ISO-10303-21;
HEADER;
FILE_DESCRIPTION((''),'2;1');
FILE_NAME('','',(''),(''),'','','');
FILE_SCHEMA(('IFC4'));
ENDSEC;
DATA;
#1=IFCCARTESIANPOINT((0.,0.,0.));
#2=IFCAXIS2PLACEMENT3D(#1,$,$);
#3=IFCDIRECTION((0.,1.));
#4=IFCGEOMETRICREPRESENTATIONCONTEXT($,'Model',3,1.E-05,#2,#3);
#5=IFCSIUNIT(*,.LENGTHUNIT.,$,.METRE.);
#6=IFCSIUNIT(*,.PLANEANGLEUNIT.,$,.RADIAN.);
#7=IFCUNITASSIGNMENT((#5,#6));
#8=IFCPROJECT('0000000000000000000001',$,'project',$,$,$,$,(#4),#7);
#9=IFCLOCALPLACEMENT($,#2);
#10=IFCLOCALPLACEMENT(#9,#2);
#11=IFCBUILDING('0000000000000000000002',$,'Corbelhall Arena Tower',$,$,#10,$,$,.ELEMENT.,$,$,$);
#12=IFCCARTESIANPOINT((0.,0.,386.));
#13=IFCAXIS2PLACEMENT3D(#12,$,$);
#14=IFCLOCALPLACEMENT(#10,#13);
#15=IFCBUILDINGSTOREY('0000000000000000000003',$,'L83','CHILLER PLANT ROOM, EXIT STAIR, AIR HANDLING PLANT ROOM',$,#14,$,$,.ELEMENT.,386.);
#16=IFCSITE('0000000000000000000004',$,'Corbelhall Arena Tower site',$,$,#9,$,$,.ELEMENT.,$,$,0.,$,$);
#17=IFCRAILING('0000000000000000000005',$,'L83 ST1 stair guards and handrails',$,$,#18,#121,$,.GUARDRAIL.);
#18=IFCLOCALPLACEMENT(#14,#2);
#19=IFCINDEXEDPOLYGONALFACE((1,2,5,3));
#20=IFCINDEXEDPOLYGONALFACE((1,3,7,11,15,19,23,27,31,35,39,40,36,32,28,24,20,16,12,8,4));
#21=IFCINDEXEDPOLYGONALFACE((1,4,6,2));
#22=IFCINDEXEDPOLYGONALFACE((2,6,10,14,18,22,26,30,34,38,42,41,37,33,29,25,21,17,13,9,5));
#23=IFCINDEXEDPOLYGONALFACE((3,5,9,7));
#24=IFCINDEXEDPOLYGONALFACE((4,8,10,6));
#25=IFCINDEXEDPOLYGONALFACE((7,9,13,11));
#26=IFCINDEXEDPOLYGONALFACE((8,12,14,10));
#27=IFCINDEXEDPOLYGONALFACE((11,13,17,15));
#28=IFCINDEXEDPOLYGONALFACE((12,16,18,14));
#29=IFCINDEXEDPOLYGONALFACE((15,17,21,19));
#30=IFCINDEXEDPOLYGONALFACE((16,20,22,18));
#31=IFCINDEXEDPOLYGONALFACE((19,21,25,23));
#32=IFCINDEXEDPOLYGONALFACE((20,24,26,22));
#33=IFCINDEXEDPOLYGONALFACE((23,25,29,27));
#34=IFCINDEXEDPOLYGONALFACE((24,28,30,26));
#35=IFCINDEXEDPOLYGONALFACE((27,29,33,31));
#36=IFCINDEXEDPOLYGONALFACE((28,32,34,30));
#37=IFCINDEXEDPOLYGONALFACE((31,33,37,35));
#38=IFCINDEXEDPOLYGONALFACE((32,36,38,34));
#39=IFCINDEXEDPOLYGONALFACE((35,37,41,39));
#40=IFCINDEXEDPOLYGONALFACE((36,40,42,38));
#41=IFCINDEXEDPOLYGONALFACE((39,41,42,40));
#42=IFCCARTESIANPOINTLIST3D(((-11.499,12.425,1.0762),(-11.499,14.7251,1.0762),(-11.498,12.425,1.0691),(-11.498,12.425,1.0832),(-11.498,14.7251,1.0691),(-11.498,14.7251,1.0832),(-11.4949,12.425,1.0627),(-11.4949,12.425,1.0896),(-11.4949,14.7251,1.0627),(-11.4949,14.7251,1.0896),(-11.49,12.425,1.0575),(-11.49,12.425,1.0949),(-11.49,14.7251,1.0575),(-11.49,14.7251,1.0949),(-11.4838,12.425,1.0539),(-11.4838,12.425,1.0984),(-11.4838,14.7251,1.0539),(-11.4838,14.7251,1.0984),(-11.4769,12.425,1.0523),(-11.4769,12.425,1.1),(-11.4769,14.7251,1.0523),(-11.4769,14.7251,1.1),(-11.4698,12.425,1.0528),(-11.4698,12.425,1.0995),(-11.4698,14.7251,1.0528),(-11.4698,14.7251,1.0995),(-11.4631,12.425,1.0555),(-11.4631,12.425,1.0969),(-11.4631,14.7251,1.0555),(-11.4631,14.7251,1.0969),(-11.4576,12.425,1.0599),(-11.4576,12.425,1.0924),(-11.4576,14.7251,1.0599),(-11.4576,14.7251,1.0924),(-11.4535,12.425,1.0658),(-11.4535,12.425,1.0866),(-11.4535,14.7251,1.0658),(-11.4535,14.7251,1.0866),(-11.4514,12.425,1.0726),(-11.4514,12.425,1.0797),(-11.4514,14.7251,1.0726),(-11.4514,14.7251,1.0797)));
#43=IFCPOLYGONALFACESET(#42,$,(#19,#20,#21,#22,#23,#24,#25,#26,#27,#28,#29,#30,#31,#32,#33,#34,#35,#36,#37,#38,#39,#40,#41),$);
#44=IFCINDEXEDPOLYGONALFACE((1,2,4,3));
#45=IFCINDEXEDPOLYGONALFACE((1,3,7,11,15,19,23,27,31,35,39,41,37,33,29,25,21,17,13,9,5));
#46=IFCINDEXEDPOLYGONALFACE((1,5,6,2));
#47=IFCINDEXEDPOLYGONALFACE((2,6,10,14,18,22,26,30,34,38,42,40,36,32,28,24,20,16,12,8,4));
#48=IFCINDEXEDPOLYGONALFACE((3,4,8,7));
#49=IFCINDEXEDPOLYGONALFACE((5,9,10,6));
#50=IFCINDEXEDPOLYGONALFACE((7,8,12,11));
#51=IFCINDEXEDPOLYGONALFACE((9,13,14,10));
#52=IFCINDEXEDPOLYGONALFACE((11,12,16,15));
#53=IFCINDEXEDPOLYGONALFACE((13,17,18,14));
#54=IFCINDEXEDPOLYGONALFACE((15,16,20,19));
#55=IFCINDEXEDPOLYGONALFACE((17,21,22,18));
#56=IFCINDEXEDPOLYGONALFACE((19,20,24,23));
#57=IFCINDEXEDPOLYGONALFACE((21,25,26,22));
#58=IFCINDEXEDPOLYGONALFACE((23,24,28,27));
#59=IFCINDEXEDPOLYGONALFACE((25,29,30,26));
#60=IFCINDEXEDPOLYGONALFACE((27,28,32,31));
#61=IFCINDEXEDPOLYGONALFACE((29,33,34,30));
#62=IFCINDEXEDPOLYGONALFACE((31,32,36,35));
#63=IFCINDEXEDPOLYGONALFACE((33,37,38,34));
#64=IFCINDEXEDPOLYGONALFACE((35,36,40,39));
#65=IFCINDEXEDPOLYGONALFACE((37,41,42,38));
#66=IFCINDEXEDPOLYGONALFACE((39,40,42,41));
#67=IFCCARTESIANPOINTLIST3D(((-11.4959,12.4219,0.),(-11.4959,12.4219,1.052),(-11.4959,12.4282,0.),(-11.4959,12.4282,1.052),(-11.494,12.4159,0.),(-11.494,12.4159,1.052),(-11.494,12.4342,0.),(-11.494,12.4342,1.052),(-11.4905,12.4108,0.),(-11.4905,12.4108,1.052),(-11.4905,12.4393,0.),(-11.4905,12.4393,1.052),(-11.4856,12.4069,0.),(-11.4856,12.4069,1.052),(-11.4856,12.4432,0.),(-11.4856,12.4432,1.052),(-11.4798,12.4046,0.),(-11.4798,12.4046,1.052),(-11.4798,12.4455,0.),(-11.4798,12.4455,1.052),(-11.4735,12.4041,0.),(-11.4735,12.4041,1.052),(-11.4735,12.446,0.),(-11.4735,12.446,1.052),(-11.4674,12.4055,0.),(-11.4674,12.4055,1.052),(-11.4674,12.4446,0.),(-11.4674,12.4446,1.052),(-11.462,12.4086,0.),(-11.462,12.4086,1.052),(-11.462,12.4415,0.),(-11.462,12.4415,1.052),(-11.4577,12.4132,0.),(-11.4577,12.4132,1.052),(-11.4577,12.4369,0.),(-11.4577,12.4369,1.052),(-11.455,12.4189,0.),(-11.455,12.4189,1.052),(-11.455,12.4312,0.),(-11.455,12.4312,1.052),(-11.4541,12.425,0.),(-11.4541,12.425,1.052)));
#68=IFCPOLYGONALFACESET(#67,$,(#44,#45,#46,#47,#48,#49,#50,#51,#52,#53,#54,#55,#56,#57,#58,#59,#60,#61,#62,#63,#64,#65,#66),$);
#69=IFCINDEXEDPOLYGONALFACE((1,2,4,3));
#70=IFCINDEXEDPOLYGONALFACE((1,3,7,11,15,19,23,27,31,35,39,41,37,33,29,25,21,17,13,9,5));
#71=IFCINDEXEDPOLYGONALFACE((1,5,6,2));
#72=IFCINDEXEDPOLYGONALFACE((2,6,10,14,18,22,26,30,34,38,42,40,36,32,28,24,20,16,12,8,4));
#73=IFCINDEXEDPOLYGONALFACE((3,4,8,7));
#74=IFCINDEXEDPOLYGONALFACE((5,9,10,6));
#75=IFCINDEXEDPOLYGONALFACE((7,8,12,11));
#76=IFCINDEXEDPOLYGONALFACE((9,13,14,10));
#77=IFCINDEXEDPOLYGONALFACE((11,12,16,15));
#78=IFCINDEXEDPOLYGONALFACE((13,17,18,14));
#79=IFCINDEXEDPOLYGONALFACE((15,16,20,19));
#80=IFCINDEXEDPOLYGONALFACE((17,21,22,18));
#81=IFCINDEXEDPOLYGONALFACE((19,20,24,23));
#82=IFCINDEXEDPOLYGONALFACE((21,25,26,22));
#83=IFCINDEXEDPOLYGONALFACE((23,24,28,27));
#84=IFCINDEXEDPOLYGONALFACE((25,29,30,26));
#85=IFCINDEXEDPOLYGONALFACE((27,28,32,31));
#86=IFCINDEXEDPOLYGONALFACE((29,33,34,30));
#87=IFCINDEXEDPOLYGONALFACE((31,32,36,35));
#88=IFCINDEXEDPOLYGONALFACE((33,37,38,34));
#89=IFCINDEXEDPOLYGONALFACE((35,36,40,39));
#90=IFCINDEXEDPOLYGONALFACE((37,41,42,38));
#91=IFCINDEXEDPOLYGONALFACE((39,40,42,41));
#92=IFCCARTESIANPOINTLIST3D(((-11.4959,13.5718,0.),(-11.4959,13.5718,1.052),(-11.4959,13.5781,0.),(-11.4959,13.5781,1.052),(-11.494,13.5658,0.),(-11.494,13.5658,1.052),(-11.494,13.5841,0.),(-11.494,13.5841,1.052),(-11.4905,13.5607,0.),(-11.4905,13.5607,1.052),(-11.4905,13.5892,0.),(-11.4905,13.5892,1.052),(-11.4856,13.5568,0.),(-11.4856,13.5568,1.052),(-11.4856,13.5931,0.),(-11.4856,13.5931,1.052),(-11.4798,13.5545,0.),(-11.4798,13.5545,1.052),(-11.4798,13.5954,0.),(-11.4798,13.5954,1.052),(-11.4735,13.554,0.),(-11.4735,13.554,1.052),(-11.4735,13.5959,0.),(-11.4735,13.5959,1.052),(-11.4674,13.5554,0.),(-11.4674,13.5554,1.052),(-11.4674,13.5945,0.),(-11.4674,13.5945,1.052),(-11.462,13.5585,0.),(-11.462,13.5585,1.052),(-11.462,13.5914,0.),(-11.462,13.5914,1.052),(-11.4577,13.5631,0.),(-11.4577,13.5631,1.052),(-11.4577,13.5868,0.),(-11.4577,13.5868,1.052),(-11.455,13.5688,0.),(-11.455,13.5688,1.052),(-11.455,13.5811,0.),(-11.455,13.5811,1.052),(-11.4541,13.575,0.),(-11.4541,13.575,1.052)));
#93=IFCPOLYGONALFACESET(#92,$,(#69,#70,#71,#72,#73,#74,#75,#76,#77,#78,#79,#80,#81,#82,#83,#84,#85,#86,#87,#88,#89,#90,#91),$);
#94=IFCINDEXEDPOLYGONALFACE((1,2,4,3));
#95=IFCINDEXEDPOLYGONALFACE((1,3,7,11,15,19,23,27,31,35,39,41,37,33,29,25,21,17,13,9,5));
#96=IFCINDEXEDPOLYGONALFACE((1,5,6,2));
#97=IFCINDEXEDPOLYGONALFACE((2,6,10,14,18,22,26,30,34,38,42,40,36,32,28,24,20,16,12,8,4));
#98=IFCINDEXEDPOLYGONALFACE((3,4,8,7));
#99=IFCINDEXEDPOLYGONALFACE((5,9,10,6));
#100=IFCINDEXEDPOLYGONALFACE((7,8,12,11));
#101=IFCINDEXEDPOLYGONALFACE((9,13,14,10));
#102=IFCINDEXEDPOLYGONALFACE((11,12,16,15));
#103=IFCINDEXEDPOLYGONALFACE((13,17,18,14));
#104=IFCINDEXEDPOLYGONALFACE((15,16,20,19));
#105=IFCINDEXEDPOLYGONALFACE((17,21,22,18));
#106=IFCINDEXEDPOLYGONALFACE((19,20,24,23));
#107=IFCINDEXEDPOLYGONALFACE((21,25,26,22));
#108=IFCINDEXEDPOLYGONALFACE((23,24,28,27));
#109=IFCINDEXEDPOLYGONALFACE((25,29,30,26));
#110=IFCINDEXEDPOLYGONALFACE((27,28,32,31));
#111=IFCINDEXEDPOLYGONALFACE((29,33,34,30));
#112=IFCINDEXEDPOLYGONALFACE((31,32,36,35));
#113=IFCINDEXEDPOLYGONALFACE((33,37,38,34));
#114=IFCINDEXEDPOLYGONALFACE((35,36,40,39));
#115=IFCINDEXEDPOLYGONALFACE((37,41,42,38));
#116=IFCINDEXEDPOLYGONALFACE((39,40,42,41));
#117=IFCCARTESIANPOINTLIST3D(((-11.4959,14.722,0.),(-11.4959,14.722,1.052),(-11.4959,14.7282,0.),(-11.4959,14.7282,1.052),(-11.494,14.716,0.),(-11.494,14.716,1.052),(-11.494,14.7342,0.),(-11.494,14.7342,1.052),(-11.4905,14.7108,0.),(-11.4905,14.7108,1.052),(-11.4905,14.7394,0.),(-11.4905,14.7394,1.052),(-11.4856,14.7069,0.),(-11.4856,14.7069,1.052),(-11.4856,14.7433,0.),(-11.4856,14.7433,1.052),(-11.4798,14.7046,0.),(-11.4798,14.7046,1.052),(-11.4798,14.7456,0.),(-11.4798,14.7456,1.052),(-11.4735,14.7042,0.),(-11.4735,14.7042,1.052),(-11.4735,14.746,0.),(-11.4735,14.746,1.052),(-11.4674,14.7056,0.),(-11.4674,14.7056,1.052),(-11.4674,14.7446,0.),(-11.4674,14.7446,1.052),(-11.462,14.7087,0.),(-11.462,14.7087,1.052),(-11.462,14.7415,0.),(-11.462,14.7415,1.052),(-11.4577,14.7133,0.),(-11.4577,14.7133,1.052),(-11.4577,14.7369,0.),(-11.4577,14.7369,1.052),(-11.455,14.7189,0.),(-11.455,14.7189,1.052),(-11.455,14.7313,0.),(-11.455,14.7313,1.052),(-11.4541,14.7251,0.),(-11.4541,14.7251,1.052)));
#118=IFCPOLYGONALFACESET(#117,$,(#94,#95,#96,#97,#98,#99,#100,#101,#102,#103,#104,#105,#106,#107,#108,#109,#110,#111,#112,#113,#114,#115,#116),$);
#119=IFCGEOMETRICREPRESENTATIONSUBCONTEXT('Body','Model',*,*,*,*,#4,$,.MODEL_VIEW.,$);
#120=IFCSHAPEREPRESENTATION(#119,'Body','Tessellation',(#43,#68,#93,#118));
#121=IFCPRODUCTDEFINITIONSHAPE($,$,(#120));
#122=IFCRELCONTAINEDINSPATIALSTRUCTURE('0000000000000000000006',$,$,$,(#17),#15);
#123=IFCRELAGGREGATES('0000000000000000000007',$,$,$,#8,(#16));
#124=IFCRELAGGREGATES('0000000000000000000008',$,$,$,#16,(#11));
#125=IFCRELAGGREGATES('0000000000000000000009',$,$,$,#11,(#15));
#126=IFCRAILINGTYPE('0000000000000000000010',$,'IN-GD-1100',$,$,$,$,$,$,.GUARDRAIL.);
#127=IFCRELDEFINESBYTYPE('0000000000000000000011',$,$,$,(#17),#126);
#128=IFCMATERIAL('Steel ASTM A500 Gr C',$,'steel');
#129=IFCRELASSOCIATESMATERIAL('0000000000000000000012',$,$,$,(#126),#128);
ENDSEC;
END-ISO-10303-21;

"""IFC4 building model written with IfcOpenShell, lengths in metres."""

from ifc_helpers import new_model, si_unit, direction, frame, origin, origin_2d, place, context, subcontext, project, spatial, circle, extrude, material, type_object, element, save


model = new_model("IFC4")

# Units and contexts
model_context = context("Model", 3, precision=1e-05, world=origin(), true_north=direction((0.0, 1.0)))
body_context = subcontext(model_context, "Body", "Model", "MODEL_VIEW")
ifc_project = project(units=[si_unit("LENGTHUNIT", "METRE"), si_unit("PLANEANGLEUNIT", "RADIAN")], contexts=[model_context])

# Site, building, storey
site_placement = place(None, origin())
site = spatial("IfcSite", under=ifc_project, at=site_placement, Name="Corbelhall Arena Tower site", CompositionType="ELEMENT", RefElevation=0.0)
building_placement = place(site_placement, origin())
building = spatial("IfcBuilding", under=site, at=building_placement, Name="Corbelhall Arena Tower", CompositionType="ELEMENT")
storey_placement = place(building_placement, frame((0.0, 0.0, 386.0)))
storey = spatial("IfcBuildingStorey", under=building, at=storey_placement, Name="L83", Description="CHILLER PLANT ROOM, EXIT STAIR, AIR HANDLING PLANT ROOM", CompositionType="ELEMENT", Elevation=386.0)

# Railing
ifc_material_1 = material(Name="Steel ASTM A500 Gr C", Category="steel")
railing_type = type_object("IfcRailingType", Name="IN-GD-1100", PredefinedType="GUARDRAIL", material=ifc_material_1)
railing_placement = place(storey_placement, frame((-11.4751, 12.425, 0.0)))
element("IfcRailing", 1, at=railing_placement, inside=storey, type_object=railing_type, Name="L83 ST1 stair guards and handrails", PredefinedType="GUARDRAIL", context=body_context, shape_type="SweptSolid", body=[
    extrude(circle(Radius=0.0239, at=origin_2d()), frame((0.0, 0.0, 1.0762), z_axis=(0.0, 1.0, 0.0), x_axis=(-1.0, 0.0, 0.0)), (0.0, 0.0, 1.0), 2.3),
    extrude(circle(Radius=0.021, at=origin_2d()), origin(), (0.0, 0.0, 1.0), 1.052),
    extrude(circle(Radius=0.021, at=origin_2d()), frame((0.0, 1.1499, 0.0)), (0.0, 0.0, 1.0), 1.052),
    extrude(circle(Radius=0.021, at=origin_2d()), frame((0.0, 2.3, 0.0)), (0.0, 0.0, 1.0), 1.052),
])

save(model, "model.ifc")
